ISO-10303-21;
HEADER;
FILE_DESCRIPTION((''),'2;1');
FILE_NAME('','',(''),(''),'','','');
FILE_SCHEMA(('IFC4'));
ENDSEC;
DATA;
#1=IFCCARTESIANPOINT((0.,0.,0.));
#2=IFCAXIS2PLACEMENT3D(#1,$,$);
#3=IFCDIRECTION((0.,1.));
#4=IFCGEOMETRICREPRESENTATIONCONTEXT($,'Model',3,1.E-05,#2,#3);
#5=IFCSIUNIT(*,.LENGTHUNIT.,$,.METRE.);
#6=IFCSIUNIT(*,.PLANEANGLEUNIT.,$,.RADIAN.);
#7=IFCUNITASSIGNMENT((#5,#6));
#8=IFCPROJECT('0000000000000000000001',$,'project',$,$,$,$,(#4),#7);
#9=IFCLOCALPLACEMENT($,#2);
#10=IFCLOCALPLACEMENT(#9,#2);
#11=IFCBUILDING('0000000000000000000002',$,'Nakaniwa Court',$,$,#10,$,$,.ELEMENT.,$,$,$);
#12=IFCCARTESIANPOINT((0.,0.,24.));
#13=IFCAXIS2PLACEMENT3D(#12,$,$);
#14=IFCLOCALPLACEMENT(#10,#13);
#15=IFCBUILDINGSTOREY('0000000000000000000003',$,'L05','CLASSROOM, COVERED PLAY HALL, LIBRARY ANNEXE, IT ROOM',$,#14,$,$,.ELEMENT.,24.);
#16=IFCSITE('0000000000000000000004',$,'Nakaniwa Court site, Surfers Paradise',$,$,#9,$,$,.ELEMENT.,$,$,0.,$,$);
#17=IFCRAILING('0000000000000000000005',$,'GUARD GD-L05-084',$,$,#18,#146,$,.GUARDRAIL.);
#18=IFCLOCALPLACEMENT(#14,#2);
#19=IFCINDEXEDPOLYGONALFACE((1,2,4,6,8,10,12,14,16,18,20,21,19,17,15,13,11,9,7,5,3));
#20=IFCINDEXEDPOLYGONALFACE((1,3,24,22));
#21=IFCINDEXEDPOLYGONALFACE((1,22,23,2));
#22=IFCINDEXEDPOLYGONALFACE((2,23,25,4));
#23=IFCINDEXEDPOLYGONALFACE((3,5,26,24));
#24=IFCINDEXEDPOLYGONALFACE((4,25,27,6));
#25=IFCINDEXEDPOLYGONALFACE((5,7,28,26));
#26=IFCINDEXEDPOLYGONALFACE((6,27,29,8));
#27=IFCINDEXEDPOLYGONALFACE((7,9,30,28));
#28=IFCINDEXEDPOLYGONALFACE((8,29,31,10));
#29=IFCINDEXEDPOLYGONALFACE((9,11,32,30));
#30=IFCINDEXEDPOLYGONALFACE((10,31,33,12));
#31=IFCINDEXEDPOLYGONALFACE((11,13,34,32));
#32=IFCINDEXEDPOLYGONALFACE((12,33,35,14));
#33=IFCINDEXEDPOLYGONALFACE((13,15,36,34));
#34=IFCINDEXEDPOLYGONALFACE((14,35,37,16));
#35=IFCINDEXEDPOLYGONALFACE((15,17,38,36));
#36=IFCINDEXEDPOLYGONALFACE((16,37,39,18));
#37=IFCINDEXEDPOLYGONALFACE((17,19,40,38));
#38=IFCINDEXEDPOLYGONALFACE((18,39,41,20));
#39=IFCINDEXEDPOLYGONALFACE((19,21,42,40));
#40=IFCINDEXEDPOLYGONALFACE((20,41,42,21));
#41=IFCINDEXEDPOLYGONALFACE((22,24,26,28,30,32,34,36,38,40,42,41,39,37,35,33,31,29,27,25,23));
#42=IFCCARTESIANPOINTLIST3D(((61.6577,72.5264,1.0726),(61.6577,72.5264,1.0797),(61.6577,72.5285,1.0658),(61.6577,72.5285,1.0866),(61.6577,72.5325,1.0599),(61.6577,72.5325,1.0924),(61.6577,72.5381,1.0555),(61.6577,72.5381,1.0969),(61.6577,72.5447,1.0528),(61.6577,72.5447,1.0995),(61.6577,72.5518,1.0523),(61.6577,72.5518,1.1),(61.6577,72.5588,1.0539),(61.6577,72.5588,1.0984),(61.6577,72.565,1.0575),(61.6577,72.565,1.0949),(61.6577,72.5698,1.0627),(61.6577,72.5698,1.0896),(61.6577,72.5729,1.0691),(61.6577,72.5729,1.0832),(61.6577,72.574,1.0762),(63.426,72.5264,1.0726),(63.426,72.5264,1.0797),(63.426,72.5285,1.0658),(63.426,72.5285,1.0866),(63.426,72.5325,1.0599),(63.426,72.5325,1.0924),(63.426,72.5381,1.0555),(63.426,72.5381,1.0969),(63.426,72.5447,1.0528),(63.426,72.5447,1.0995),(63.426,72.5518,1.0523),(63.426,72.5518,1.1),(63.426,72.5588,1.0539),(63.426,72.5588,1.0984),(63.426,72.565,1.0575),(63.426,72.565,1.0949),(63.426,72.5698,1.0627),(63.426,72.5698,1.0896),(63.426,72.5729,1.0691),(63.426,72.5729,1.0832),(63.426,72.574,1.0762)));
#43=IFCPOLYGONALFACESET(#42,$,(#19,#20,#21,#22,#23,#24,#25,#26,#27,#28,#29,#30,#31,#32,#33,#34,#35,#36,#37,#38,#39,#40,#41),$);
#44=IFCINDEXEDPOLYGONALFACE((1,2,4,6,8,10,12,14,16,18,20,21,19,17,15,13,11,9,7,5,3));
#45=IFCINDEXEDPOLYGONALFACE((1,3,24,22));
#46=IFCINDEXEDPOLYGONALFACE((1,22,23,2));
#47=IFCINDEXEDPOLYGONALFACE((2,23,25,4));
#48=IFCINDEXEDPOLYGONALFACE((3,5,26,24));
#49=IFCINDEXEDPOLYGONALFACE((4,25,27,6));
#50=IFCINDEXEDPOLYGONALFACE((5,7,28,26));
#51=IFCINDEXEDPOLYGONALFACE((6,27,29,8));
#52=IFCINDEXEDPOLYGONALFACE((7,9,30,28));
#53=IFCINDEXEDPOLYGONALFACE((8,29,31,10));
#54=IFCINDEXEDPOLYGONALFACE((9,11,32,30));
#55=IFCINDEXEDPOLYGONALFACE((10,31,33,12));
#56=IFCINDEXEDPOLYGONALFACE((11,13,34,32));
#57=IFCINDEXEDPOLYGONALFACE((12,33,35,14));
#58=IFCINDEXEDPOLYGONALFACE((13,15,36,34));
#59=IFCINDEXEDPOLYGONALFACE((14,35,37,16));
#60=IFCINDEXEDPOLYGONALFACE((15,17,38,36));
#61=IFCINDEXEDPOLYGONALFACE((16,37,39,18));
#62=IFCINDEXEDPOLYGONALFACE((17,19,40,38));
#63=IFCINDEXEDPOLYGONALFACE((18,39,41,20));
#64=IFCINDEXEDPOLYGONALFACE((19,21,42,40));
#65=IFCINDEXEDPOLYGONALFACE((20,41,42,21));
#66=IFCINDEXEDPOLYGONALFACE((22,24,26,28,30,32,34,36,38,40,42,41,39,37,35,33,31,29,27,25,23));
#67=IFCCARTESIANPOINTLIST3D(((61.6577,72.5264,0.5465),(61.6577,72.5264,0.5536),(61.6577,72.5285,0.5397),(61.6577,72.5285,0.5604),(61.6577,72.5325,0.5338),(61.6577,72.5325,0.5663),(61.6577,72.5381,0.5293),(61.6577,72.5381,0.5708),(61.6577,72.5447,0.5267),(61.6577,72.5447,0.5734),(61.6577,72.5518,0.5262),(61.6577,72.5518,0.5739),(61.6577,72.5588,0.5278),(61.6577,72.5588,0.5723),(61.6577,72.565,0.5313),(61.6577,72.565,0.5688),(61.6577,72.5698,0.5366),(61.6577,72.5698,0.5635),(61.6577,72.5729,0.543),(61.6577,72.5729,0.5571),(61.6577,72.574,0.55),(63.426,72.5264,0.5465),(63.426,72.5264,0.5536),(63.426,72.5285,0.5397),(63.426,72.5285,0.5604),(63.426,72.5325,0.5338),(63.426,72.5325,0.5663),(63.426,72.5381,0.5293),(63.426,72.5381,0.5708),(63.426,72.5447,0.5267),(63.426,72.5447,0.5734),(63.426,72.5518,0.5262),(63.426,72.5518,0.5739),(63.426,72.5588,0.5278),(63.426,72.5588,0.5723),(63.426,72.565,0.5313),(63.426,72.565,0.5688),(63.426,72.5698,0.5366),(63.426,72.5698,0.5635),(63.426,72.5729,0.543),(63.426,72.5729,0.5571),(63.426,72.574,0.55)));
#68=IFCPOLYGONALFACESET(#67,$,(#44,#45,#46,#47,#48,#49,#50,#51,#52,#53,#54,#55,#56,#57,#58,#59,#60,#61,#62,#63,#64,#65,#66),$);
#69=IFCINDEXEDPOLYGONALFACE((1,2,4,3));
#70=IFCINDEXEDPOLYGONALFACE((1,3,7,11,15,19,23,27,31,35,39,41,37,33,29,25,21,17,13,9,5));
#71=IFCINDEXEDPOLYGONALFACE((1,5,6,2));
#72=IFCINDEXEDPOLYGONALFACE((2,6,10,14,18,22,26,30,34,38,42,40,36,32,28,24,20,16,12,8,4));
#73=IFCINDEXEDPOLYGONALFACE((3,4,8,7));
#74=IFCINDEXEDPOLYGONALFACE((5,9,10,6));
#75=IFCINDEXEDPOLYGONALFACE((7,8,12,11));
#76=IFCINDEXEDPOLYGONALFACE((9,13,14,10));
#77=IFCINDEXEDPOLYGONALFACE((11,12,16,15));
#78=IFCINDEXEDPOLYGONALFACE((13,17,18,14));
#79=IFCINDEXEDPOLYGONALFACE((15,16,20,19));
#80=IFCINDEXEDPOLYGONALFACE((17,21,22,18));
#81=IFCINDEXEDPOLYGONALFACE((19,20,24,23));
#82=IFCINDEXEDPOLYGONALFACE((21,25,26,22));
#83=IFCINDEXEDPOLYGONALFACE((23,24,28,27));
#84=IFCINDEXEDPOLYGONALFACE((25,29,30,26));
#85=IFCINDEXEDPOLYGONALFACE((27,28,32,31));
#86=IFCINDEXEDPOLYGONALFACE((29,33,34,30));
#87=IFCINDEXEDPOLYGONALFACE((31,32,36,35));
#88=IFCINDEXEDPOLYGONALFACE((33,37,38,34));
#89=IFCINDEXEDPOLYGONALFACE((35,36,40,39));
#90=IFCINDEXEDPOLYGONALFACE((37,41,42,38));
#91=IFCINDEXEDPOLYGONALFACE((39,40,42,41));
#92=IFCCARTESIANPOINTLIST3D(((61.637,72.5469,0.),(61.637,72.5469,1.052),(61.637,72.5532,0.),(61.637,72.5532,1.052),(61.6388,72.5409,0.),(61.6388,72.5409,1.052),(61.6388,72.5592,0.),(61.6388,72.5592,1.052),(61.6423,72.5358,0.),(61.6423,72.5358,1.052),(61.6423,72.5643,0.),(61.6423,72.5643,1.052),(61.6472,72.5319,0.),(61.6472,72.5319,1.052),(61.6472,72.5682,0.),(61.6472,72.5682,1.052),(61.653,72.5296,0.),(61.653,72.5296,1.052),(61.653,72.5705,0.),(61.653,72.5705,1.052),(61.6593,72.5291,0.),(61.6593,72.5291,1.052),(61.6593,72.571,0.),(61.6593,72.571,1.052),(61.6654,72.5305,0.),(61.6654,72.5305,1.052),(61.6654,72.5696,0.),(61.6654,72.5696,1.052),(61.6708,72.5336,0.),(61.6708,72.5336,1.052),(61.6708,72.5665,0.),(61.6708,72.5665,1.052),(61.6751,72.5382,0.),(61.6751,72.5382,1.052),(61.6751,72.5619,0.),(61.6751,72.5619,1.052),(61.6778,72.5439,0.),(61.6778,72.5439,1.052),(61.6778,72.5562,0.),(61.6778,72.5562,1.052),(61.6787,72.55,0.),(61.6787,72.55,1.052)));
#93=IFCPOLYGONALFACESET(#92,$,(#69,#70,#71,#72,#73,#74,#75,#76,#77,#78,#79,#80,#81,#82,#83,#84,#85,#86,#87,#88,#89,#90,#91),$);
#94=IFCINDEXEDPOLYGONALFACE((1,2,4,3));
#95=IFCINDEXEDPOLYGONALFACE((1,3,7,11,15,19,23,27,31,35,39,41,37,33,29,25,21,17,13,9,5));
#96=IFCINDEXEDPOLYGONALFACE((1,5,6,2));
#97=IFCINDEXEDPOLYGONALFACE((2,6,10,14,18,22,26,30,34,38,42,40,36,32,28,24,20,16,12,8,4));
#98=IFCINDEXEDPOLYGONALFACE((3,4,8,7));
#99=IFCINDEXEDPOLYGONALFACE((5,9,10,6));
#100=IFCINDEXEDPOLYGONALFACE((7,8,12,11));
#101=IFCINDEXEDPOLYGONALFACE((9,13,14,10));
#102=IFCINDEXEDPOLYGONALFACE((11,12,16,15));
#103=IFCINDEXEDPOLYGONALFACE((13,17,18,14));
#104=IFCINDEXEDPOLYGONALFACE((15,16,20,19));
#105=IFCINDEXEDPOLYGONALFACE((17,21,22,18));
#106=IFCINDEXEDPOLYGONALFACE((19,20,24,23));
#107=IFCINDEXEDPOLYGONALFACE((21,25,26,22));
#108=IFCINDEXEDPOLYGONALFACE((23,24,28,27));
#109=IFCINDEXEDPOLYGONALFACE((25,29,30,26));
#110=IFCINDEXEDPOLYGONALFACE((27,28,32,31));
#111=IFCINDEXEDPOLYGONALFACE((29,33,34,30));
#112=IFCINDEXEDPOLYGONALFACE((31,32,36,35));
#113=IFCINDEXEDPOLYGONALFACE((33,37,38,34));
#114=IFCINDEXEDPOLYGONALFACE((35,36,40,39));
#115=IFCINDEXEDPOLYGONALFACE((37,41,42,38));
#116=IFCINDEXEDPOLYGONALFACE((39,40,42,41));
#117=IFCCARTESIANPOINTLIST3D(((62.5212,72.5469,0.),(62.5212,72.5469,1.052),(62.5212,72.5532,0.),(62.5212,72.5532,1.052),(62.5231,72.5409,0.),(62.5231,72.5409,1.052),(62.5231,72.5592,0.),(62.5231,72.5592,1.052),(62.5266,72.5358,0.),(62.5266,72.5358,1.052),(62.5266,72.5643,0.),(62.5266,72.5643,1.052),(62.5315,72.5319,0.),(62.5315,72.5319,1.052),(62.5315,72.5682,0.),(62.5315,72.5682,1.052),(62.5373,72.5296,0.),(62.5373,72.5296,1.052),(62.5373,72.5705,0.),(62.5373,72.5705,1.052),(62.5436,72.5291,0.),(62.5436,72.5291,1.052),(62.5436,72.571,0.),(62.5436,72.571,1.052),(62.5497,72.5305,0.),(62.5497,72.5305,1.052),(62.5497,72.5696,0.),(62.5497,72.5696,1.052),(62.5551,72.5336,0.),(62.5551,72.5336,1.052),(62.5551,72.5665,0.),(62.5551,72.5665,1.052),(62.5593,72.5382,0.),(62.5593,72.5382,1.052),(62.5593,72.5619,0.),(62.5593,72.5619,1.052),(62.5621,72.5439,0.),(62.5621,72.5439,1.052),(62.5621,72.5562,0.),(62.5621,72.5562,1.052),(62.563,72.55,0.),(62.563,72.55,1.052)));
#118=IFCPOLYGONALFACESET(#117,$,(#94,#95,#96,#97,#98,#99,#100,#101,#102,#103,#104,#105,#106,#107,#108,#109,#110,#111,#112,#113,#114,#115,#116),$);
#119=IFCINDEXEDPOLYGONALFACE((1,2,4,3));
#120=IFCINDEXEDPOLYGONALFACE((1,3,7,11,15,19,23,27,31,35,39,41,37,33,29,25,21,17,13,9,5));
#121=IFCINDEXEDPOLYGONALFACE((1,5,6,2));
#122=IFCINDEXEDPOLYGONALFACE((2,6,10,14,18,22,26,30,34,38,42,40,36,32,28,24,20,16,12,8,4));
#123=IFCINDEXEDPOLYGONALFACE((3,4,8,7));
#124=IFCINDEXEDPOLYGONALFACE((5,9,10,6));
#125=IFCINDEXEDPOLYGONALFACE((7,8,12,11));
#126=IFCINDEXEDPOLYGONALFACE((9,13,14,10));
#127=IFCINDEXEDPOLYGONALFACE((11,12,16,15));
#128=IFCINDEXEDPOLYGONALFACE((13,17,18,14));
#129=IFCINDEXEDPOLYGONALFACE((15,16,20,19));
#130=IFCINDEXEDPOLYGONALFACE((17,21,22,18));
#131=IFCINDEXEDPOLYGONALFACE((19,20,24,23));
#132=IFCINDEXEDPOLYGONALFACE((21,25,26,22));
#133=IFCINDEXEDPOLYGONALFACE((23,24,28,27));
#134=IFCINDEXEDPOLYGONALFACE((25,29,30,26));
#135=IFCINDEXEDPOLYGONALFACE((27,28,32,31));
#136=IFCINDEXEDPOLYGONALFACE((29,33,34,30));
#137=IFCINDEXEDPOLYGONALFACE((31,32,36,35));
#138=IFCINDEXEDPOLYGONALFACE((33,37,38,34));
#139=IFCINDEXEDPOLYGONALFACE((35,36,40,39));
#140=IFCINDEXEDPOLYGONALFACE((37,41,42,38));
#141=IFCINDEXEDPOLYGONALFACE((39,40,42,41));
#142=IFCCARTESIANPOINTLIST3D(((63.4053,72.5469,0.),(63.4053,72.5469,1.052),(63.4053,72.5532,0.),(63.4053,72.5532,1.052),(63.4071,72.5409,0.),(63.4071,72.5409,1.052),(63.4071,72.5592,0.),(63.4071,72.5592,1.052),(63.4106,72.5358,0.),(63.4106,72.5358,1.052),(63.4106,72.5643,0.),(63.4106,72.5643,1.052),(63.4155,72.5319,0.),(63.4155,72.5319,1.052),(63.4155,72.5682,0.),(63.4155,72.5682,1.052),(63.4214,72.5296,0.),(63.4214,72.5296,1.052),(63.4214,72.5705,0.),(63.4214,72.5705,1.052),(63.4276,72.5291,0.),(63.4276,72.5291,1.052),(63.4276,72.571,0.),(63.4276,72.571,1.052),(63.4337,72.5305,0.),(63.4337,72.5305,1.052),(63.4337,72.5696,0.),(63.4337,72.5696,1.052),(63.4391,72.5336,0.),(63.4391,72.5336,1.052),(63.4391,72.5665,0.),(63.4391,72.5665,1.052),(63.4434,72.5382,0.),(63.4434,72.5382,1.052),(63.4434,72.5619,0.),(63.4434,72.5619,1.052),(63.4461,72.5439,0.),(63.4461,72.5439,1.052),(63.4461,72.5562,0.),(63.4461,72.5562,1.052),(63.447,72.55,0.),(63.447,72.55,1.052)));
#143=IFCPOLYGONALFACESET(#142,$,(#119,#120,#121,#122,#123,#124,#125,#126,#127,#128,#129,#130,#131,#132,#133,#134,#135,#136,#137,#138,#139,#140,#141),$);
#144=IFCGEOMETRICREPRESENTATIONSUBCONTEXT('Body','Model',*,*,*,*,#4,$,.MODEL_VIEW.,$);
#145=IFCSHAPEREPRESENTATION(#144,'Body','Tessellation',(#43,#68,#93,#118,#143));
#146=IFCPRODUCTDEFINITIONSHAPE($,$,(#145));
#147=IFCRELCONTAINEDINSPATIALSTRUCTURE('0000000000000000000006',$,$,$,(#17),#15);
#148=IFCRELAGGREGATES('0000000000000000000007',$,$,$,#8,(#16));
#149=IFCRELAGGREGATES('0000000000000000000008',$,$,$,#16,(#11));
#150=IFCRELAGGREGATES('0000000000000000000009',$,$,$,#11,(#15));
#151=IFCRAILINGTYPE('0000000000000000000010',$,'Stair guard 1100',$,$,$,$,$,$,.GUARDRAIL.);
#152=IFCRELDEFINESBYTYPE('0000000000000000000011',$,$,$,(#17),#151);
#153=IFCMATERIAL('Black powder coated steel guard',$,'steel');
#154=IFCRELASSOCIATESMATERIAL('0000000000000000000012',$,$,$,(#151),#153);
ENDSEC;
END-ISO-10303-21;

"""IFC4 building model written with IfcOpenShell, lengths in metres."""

from ifc_helpers import new_model, si_unit, direction, frame, origin, origin_2d, place, context, subcontext, project, spatial, circle, extrude, material, type_object, element, save


model = new_model("IFC4")

# Units and contexts
model_context = context("Model", 3, precision=1e-05, world=origin(), true_north=direction((0.0, 1.0)))
body_context = subcontext(model_context, "Body", "Model", "MODEL_VIEW")
ifc_project = project(units=[si_unit("LENGTHUNIT", "METRE"), si_unit("PLANEANGLEUNIT", "RADIAN")], contexts=[model_context])

# Site, building, storey
site_placement = place(None, origin())
site = spatial("IfcSite", under=ifc_project, at=site_placement, Name="Nakaniwa Court site, Surfers Paradise", CompositionType="ELEMENT", RefElevation=0.0)
building_placement = place(site_placement, origin())
building = spatial("IfcBuilding", under=site, at=building_placement, Name="Nakaniwa Court", CompositionType="ELEMENT")
storey_placement = place(building_placement, frame((0.0, 0.0, 24.0)))
storey = spatial("IfcBuildingStorey", under=building, at=storey_placement, Name="L05", Description="CLASSROOM, COVERED PLAY HALL, LIBRARY ANNEXE, IT ROOM", CompositionType="ELEMENT", Elevation=24.0)

# Railing
ifc_material_1 = material(Name="Black powder coated steel guard", Category="steel")
railing_type = type_object("IfcRailingType", Name="Stair guard 1100", PredefinedType="GUARDRAIL", material=ifc_material_1)
railing_1_placement = place(storey_placement, frame((61.6577, 72.55, 0.0)))
element("IfcRailing", 1, at=railing_1_placement, inside=storey, type_object=railing_type, Name="GUARD GD-L05-084", PredefinedType="GUARDRAIL", context=body_context, shape_type="SweptSolid", body=[
    extrude(circle(Radius=0.0239, at=origin_2d()), frame((0.0, 0.0, 1.0762), z_axis=(1.0, 0.0, 0.0), x_axis=(0.0, 1.0, 0.0)), (0.0, 0.0, 1.0), 1.7683),
    extrude(circle(Radius=0.0239, at=origin_2d()), frame((0.0, 0.0, 0.55), z_axis=(1.0, 0.0, 0.0), x_axis=(0.0, 1.0, 0.0)), (0.0, 0.0, 1.0), 1.7683),
    extrude(circle(Radius=0.021, at=origin_2d()), origin(), (0.0, 0.0, 1.0), 1.052),
    extrude(circle(Radius=0.021, at=origin_2d()), frame((0.8843, 0.0, 0.0)), (0.0, 0.0, 1.0), 1.052),
    extrude(circle(Radius=0.021, at=origin_2d()), frame((1.7683, 0.0, 0.0)), (0.0, 0.0, 1.0), 1.052),
])

save(model, "model.ifc")
